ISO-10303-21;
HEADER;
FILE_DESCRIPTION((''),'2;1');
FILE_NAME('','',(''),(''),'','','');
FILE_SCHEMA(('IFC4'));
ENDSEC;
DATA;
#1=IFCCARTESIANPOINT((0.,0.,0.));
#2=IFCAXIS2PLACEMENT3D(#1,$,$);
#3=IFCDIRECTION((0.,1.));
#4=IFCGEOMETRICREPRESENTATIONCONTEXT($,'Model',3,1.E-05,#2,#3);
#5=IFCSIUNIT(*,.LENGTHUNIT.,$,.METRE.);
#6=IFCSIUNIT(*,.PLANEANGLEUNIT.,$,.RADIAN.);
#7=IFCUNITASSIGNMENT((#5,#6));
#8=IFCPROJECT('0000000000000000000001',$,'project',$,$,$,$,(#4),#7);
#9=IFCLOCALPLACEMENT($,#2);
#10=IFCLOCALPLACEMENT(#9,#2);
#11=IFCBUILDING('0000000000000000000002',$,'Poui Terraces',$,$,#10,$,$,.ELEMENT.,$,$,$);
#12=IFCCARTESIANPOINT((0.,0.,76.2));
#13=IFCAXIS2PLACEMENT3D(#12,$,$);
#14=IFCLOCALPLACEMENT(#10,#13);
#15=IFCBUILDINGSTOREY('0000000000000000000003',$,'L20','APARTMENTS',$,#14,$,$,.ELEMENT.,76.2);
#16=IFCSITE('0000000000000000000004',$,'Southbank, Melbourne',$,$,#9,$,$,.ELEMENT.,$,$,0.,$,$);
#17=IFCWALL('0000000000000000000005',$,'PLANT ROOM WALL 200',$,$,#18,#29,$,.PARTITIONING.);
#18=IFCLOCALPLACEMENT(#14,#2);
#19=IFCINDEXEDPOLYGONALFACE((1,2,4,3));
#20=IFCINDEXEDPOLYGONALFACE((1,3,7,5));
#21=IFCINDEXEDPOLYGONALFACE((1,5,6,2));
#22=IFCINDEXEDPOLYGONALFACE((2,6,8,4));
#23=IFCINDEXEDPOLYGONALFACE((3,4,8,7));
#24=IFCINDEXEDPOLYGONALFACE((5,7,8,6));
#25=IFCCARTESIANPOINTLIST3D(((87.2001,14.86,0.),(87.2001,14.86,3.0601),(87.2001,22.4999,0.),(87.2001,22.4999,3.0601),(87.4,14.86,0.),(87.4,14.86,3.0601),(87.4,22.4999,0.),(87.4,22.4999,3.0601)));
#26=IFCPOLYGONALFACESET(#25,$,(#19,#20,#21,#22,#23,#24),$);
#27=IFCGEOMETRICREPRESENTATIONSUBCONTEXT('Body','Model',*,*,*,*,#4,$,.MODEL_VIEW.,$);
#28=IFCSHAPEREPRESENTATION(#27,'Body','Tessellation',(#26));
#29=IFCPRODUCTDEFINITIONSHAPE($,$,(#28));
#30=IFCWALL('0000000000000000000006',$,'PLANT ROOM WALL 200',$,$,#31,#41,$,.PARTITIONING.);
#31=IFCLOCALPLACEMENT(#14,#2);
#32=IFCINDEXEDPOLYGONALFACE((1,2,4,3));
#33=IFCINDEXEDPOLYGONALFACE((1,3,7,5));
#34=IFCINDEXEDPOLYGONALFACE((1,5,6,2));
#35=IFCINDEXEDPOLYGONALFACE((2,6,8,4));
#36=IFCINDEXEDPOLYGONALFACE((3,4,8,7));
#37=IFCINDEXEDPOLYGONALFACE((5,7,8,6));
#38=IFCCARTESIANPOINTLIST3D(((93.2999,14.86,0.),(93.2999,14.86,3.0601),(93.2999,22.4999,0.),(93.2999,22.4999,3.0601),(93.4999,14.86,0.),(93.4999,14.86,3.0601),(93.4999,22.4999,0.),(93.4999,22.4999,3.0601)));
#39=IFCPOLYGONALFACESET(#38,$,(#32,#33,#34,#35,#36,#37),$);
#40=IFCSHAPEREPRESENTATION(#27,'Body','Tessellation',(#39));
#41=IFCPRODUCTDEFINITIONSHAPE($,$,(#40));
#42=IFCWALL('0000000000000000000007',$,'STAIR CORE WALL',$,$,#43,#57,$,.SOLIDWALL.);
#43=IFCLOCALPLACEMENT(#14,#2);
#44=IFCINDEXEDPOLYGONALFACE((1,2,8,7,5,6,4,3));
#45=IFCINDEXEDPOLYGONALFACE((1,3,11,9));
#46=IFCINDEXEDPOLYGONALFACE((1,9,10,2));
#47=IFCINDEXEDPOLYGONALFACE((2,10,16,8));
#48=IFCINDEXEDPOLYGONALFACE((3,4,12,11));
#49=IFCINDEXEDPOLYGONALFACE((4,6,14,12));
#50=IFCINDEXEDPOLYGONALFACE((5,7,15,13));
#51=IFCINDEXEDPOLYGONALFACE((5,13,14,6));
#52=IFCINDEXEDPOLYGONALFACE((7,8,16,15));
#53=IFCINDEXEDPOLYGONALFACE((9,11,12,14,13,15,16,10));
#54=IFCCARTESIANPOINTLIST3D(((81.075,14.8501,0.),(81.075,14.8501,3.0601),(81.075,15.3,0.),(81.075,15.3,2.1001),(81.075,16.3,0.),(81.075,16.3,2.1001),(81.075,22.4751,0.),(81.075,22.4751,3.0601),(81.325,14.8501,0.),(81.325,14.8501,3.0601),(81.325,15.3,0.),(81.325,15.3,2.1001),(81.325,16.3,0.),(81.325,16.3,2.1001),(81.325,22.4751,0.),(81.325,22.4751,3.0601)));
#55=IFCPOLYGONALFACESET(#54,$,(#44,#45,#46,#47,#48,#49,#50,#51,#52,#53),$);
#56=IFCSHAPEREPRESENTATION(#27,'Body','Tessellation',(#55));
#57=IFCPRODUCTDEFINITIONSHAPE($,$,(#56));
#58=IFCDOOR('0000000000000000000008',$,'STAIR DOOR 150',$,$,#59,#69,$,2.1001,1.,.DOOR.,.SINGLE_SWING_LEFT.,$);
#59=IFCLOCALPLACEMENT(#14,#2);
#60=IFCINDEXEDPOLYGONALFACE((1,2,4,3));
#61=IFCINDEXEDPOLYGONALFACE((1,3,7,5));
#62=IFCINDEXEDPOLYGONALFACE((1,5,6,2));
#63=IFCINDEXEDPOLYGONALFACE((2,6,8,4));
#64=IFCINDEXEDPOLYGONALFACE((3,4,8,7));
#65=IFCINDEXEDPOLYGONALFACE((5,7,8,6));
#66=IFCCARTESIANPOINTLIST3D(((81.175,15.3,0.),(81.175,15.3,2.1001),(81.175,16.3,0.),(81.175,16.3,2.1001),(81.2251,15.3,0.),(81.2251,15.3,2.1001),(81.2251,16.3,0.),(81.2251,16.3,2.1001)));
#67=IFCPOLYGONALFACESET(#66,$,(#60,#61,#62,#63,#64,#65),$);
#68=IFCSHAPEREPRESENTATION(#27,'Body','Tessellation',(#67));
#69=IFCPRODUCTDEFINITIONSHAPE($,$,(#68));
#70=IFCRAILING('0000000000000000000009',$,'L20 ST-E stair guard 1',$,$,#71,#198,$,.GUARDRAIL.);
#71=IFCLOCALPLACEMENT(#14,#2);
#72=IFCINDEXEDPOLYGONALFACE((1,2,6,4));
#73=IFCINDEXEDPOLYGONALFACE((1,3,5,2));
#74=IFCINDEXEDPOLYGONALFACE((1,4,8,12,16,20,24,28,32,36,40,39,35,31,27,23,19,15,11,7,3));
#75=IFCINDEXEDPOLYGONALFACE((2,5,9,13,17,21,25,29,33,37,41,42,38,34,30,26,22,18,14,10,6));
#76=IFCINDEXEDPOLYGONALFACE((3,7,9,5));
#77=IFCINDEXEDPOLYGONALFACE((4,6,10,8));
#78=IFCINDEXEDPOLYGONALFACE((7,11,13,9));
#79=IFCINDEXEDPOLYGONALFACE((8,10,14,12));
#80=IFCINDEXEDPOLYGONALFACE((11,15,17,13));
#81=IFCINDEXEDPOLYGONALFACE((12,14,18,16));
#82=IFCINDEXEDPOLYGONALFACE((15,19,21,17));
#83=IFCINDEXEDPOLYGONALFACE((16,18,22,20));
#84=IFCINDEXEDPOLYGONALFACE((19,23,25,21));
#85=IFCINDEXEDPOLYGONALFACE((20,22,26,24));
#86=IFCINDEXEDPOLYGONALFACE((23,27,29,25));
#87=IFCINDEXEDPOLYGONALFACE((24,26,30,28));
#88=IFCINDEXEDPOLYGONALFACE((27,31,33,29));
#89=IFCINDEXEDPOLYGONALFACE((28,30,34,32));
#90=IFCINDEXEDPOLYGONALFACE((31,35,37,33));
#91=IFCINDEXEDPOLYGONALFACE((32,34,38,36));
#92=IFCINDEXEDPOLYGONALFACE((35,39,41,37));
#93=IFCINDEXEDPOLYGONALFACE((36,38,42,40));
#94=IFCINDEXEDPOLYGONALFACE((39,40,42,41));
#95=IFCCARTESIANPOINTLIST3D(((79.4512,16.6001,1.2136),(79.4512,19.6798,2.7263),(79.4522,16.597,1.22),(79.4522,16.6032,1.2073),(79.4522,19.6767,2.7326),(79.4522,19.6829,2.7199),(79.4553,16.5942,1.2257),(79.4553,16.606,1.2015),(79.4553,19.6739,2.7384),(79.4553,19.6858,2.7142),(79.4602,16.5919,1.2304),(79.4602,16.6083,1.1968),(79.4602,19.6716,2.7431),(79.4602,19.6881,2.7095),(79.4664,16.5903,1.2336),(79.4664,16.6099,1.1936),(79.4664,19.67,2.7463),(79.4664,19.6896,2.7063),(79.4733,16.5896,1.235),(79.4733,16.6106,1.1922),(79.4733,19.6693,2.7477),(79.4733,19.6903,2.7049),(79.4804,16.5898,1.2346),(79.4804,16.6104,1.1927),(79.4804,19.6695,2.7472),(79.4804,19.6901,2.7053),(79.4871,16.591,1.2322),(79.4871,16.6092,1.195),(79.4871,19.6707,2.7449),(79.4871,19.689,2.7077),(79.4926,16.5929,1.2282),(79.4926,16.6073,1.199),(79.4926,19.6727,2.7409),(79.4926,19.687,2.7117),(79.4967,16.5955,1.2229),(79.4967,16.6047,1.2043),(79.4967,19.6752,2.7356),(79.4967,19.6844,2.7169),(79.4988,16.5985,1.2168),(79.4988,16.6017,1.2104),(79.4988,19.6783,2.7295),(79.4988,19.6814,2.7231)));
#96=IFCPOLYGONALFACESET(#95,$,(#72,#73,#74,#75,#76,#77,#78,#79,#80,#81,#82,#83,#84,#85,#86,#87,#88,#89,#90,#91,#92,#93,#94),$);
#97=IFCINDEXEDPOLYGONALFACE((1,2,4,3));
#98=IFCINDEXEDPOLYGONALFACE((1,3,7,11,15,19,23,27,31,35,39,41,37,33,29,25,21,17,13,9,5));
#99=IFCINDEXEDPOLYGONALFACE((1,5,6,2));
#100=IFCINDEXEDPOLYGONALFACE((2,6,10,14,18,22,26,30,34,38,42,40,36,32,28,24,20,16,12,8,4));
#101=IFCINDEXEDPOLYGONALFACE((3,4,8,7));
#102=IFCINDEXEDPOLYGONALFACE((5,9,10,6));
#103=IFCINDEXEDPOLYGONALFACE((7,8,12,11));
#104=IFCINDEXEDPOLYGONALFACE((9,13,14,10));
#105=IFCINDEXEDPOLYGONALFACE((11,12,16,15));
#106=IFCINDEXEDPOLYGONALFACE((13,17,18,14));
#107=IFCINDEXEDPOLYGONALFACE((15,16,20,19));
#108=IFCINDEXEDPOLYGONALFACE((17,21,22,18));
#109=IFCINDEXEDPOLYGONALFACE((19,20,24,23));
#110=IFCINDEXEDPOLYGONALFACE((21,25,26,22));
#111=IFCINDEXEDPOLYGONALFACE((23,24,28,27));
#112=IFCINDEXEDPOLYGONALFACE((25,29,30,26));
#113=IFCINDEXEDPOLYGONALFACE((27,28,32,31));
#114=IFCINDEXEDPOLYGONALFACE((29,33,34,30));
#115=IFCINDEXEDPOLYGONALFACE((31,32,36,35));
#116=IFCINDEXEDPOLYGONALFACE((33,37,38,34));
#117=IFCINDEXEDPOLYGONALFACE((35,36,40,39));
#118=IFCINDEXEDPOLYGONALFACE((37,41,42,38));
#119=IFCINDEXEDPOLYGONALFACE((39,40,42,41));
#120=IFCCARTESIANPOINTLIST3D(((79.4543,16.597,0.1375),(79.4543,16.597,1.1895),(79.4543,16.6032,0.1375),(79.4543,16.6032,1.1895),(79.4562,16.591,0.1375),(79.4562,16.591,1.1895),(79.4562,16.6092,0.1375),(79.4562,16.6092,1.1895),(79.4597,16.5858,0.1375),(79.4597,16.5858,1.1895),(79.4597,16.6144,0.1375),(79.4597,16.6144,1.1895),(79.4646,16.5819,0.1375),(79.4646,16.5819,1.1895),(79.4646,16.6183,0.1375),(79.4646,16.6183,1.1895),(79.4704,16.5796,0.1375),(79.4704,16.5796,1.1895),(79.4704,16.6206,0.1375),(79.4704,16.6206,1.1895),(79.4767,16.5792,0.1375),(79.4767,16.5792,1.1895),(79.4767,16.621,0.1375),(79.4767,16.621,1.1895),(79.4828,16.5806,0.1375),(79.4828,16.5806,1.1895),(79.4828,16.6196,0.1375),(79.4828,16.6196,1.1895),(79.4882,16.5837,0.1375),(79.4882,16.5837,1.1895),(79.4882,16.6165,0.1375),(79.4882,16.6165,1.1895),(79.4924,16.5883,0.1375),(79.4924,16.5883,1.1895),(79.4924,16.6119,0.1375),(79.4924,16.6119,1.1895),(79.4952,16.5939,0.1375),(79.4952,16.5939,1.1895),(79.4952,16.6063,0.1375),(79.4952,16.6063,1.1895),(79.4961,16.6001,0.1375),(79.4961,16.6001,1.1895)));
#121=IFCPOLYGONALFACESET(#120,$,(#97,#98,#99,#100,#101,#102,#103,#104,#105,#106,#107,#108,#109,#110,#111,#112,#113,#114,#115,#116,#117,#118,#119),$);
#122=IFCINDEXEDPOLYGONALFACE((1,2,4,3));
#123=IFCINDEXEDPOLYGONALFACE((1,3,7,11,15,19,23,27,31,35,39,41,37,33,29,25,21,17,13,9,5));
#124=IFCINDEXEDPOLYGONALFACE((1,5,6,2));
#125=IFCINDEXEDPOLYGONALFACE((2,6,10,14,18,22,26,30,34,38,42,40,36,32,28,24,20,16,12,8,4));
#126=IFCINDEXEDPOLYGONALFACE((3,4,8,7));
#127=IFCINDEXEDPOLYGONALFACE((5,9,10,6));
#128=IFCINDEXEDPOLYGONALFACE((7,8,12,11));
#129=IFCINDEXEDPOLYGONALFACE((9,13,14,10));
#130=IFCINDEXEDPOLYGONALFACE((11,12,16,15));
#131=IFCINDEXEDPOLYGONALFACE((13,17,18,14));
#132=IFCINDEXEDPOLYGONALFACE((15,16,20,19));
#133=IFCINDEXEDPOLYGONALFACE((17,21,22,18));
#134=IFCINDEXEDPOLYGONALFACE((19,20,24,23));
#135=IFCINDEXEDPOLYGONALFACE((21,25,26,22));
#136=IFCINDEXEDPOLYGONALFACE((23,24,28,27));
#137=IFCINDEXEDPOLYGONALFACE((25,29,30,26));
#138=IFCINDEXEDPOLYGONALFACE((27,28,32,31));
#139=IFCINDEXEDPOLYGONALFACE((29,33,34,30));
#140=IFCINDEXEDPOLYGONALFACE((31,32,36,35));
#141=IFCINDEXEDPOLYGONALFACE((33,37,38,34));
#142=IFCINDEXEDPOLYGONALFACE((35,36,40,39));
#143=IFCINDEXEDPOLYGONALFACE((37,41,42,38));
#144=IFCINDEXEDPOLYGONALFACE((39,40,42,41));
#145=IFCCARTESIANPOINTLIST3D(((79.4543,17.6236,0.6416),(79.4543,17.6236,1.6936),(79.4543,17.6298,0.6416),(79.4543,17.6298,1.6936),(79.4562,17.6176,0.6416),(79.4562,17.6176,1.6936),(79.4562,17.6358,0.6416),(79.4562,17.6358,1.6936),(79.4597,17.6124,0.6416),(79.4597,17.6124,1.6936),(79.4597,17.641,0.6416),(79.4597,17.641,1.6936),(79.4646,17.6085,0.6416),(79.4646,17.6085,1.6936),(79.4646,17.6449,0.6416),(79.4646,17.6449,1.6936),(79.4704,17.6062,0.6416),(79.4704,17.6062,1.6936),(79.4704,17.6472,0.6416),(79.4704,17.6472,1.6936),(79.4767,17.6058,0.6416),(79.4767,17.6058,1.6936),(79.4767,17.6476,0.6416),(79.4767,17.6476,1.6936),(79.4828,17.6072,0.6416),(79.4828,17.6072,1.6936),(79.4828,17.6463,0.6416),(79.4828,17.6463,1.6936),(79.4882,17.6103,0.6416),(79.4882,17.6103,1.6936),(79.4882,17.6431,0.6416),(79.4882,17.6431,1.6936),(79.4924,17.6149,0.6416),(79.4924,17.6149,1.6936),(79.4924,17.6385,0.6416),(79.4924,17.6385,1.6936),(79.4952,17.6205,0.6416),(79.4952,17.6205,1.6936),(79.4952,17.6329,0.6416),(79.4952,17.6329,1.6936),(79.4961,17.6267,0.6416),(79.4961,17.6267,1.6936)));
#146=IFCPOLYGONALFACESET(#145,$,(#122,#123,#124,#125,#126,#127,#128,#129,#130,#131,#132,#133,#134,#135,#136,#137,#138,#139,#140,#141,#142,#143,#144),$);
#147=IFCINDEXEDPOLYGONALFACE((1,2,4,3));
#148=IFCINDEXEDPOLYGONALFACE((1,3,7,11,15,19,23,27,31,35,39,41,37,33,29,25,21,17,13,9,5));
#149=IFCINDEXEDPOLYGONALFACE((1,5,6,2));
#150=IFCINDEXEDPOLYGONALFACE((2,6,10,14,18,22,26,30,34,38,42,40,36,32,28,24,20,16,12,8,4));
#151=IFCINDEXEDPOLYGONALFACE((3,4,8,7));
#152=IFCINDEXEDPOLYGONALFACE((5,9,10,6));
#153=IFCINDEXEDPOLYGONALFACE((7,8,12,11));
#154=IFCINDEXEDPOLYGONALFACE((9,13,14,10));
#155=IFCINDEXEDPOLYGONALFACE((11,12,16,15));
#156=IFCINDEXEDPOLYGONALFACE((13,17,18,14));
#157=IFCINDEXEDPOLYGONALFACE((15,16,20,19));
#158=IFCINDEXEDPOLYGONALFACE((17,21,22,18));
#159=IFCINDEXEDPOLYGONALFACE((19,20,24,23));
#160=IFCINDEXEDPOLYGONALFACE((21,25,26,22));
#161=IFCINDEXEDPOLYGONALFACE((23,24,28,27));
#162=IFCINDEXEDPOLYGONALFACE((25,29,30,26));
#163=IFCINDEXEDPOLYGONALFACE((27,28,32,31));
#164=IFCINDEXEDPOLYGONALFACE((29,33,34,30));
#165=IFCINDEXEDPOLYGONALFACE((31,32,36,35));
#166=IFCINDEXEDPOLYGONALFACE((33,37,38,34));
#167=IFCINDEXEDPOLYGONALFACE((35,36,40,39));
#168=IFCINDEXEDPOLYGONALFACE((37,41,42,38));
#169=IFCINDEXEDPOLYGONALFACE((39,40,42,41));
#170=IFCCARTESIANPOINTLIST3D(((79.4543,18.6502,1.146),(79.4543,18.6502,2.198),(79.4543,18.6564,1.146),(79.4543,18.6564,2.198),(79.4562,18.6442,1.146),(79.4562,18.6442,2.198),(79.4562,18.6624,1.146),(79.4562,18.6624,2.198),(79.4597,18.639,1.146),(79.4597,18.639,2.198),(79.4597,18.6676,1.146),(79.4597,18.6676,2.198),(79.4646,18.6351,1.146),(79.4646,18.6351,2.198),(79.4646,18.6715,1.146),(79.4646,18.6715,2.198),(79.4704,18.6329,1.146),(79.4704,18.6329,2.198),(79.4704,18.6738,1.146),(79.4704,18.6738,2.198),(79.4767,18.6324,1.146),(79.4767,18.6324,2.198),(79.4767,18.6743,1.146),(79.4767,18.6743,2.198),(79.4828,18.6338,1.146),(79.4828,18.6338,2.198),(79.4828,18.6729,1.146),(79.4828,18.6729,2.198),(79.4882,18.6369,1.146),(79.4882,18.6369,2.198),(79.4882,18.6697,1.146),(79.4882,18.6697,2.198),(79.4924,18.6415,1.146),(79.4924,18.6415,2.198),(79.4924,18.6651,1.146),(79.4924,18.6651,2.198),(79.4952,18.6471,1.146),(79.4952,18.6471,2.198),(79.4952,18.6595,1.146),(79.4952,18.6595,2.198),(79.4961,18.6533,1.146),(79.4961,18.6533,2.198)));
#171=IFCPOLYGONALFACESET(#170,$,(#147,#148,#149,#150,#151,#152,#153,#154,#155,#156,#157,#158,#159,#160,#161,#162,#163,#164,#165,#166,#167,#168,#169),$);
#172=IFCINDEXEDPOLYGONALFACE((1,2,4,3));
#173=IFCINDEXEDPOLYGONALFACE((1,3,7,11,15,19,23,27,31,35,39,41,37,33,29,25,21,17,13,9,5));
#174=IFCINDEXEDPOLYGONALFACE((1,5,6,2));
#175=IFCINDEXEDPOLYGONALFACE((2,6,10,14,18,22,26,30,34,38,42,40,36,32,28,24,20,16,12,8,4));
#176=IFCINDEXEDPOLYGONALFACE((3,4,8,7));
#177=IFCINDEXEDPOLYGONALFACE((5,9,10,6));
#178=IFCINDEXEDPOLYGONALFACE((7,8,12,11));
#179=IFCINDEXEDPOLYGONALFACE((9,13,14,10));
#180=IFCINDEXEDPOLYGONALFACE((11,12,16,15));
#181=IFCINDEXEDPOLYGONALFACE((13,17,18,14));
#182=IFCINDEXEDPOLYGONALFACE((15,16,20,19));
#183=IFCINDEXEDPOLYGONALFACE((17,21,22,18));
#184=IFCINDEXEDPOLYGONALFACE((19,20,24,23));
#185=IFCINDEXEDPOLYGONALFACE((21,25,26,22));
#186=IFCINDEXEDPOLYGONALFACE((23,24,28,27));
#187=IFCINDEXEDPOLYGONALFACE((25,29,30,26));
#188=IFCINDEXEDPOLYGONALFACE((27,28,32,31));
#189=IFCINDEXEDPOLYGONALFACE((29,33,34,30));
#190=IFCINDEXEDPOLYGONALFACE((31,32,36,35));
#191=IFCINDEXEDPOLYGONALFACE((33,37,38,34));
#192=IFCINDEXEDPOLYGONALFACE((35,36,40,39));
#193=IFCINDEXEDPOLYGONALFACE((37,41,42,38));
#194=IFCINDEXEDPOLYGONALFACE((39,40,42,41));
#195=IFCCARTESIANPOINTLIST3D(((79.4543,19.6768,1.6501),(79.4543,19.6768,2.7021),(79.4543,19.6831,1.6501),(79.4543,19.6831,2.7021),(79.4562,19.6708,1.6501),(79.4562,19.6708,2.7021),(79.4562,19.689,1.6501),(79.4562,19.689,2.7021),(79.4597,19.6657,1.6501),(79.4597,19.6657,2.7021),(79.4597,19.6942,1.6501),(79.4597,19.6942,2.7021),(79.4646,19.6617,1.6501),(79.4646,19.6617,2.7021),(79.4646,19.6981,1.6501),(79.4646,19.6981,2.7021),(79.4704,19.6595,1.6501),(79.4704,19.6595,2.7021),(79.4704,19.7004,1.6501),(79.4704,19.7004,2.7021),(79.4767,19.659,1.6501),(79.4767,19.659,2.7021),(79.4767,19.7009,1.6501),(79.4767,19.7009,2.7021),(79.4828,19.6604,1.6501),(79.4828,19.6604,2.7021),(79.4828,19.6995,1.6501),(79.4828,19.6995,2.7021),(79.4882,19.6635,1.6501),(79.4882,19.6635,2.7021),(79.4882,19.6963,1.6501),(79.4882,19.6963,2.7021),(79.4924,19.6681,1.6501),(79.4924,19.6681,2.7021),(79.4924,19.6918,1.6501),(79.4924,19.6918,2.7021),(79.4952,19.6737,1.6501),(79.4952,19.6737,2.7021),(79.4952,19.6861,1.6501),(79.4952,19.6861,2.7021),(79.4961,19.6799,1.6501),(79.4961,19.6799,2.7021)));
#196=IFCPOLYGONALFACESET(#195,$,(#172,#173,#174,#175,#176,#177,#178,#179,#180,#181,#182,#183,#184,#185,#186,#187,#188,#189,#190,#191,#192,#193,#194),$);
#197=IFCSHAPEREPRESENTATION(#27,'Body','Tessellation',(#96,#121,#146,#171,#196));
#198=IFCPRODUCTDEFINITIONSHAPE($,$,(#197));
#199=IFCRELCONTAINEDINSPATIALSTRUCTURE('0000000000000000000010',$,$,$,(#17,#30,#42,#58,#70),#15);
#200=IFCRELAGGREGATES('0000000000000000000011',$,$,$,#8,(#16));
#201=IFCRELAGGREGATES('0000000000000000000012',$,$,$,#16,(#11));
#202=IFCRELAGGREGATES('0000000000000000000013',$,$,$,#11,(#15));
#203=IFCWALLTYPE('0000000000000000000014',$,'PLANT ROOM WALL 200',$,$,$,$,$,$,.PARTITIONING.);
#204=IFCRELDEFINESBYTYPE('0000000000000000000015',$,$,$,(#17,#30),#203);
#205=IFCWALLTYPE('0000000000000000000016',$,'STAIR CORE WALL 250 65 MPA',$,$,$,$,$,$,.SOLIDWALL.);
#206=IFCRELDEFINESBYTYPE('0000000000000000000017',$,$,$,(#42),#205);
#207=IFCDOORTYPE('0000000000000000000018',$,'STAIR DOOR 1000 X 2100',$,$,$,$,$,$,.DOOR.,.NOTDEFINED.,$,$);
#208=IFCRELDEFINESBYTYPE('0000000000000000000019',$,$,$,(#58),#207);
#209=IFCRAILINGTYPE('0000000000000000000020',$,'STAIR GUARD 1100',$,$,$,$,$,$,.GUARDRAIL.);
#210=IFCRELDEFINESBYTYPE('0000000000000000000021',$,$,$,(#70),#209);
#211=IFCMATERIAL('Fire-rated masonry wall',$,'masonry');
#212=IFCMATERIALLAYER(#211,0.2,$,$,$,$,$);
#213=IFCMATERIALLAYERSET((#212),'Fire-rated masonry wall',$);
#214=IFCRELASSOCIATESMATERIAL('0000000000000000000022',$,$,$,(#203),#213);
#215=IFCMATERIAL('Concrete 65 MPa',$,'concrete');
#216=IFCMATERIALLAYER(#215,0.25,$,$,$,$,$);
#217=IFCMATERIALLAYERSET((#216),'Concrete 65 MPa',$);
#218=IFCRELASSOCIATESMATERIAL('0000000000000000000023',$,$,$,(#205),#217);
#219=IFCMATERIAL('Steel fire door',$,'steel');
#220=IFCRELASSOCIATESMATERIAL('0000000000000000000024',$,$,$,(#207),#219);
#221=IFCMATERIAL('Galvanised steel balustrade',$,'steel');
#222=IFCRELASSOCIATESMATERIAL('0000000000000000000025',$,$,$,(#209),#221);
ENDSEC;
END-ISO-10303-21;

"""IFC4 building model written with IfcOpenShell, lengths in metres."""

from ifc_helpers import new_model, si_unit, direction, frame, frame_2d, origin, origin_2d, place, context, subcontext, project, spatial, rectangle, circle, extrude, material, layer, layer_set, type_object, element, fill, save


model = new_model("IFC4")

# Units and contexts
model_context = context("Model", 3, precision=1e-05, world=origin(), true_north=direction((0.0, 1.0)))
body_context = subcontext(model_context, "Body", "Model", "MODEL_VIEW")
ifc_project = project(units=[si_unit("LENGTHUNIT", "METRE"), si_unit("PLANEANGLEUNIT", "RADIAN")], contexts=[model_context])

# Site, building, storey
site_placement = place(None, origin())
site = spatial("IfcSite", under=ifc_project, at=site_placement, Name="Southbank, Melbourne", CompositionType="ELEMENT", RefElevation=0.0)
building_placement = place(site_placement, origin())
building = spatial("IfcBuilding", under=site, at=building_placement, Name="Poui Terraces", CompositionType="ELEMENT")
storey_placement = place(building_placement, frame((0.0, 0.0, 76.2)))
storey = spatial("IfcBuildingStorey", under=building, at=storey_placement, Name="L20", Description="APARTMENTS", CompositionType="ELEMENT", Elevation=76.2)

# Shared definitions
ifc_material_1 = material(Name="Concrete 65 MPa", Category="concrete")

# Shared definitions
ifc_material_2 = material(Name="Steel fire door", Category="steel")

# Walls
ifc_material_3 = material(Name="Fire-rated masonry wall", Category="masonry")
ifc_layer_1 = layer(ifc_material_3, 0.2)
ifc_layer_set_1 = layer_set([ifc_layer_1], Name="Fire-rated masonry wall")
wall_type_1 = type_object("IfcWallType", Name="PLANT ROOM WALL 200", PredefinedType="PARTITIONING", material=ifc_layer_set_1)
for number, where, z_axis, x_axis, name in (
    (1, (87.3, 14.8601, 0.0), (0.0, 0.0, 1.0), (0.0, 1.0, 0.0), "PLANT ROOM WALL 200"),
    (2, (93.3999, 14.8601, 0.0), (0.0, 0.0, 1.0), (0.0, 1.0, 0.0), "PLANT ROOM WALL 200"),
):
    element("IfcWall", number, at=place(storey_placement, frame(where, z_axis=z_axis, x_axis=x_axis)), inside=storey, type_object=wall_type_1, Name=name, PredefinedType="PARTITIONING", context=body_context, shape_type="SweptSolid", body=[
        extrude(rectangle(XDim=7.6399, YDim=0.2, at=frame_2d((3.8198, 0.0))), origin(), (0.0, 0.0, 1.0), 3.0601),
    ])

# Wall, opening, door
ifc_layer_2 = layer(ifc_material_1, 0.25)
ifc_layer_set_2 = layer_set([ifc_layer_2], Name="Concrete 65 MPa")
wall_type_2 = type_object("IfcWallType", Name="STAIR CORE WALL 250 65 MPA", PredefinedType="SOLIDWALL", material=ifc_layer_set_2)
wall_1_placement = place(storey_placement, frame((81.2, 14.8501, 0.0), z_axis=(0.0, 0.0, 1.0), x_axis=(0.0, 1.0, 0.0)))
wall_1 = element("IfcWall", 3, at=wall_1_placement, inside=storey, type_object=wall_type_2, Name="STAIR CORE WALL", PredefinedType="SOLIDWALL", context=body_context, shape_type="SweptSolid", body=[
    extrude(rectangle(XDim=7.625, YDim=0.25, at=frame_2d((3.8125, 0.0))), origin(), (0.0, 0.0, 1.0), 3.0601),
])
opening_1_placement = place(wall_1_placement, frame((0.45, 0.0, 0.0)))
opening_1 = element("IfcOpeningElement", 4, at=opening_1_placement, cuts=wall_1, PredefinedType="OPENING", context=body_context, shape_type="SweptSolid", body=[
    extrude(rectangle(XDim=1.0, YDim=2.1001, at=frame_2d((0.5, 1.05))), frame((0.0, 0.135, 0.0), z_axis=(0.0, -1.0, 0.0), x_axis=(1.0, 0.0, 0.0)), (0.0, 0.0, 1.0), 0.27),
])
door_type_1 = type_object("IfcDoorType", Name="STAIR DOOR 1000 X 2100", OperationType="NOTDEFINED", PredefinedType="DOOR", material=ifc_material_2)
door_1_placement = place(opening_1_placement, origin())
door_1 = element("IfcDoor", 5, at=door_1_placement, inside=storey, type_object=door_type_1, Name="STAIR DOOR 150", OperationType="SINGLE_SWING_LEFT", OverallHeight=2.1001, OverallWidth=1.0, PredefinedType="DOOR", context=body_context, shape_type="SweptSolid", body=[
    extrude(rectangle(XDim=1.0, YDim=2.1001, at=frame_2d((0.5, 1.05))), frame((0.0, 0.0249, 0.0), z_axis=(0.0, -1.0, 0.0), x_axis=(1.0, 0.0, 0.0)), (0.0, 0.0, 1.0), 0.05),
])
fill(opening_1, door_1)

# Railing
ifc_material_4 = material(Name="Galvanised steel balustrade", Category="steel")
railing_type = type_object("IfcRailingType", Name="STAIR GUARD 1100", PredefinedType="GUARDRAIL", material=ifc_material_4)
railing_1_placement = place(storey_placement, frame((79.4751, 16.6001, 0.1375)))
element("IfcRailing", 6, at=railing_1_placement, inside=storey, type_object=railing_type, Name="L20 ST-E stair guard 1", PredefinedType="GUARDRAIL", context=body_context, shape_type="SweptSolid", body=[
    extrude(circle(Radius=0.0239, at=origin_2d()), frame((0.0, 0.0, 1.0762), z_axis=(0.0, 0.897578, 0.440856), x_axis=(-1.0, 0.0, 0.0)), (0.0, 0.0, 1.0), 3.4312),
    extrude(circle(Radius=0.021, at=origin_2d()), origin(), (0.0, 0.0, 1.0), 1.052),
    extrude(circle(Radius=0.021, at=origin_2d()), frame((0.0, 1.0266, 0.5042)), (0.0, 0.0, 1.0), 1.052),
    extrude(circle(Radius=0.021, at=origin_2d()), frame((0.0, 2.0532, 1.0085)), (0.0, 0.0, 1.0), 1.052),
    extrude(circle(Radius=0.021, at=origin_2d()), frame((0.0, 3.0798, 1.5127)), (0.0, 0.0, 1.0), 1.052),
])

save(model, "model.ifc")
